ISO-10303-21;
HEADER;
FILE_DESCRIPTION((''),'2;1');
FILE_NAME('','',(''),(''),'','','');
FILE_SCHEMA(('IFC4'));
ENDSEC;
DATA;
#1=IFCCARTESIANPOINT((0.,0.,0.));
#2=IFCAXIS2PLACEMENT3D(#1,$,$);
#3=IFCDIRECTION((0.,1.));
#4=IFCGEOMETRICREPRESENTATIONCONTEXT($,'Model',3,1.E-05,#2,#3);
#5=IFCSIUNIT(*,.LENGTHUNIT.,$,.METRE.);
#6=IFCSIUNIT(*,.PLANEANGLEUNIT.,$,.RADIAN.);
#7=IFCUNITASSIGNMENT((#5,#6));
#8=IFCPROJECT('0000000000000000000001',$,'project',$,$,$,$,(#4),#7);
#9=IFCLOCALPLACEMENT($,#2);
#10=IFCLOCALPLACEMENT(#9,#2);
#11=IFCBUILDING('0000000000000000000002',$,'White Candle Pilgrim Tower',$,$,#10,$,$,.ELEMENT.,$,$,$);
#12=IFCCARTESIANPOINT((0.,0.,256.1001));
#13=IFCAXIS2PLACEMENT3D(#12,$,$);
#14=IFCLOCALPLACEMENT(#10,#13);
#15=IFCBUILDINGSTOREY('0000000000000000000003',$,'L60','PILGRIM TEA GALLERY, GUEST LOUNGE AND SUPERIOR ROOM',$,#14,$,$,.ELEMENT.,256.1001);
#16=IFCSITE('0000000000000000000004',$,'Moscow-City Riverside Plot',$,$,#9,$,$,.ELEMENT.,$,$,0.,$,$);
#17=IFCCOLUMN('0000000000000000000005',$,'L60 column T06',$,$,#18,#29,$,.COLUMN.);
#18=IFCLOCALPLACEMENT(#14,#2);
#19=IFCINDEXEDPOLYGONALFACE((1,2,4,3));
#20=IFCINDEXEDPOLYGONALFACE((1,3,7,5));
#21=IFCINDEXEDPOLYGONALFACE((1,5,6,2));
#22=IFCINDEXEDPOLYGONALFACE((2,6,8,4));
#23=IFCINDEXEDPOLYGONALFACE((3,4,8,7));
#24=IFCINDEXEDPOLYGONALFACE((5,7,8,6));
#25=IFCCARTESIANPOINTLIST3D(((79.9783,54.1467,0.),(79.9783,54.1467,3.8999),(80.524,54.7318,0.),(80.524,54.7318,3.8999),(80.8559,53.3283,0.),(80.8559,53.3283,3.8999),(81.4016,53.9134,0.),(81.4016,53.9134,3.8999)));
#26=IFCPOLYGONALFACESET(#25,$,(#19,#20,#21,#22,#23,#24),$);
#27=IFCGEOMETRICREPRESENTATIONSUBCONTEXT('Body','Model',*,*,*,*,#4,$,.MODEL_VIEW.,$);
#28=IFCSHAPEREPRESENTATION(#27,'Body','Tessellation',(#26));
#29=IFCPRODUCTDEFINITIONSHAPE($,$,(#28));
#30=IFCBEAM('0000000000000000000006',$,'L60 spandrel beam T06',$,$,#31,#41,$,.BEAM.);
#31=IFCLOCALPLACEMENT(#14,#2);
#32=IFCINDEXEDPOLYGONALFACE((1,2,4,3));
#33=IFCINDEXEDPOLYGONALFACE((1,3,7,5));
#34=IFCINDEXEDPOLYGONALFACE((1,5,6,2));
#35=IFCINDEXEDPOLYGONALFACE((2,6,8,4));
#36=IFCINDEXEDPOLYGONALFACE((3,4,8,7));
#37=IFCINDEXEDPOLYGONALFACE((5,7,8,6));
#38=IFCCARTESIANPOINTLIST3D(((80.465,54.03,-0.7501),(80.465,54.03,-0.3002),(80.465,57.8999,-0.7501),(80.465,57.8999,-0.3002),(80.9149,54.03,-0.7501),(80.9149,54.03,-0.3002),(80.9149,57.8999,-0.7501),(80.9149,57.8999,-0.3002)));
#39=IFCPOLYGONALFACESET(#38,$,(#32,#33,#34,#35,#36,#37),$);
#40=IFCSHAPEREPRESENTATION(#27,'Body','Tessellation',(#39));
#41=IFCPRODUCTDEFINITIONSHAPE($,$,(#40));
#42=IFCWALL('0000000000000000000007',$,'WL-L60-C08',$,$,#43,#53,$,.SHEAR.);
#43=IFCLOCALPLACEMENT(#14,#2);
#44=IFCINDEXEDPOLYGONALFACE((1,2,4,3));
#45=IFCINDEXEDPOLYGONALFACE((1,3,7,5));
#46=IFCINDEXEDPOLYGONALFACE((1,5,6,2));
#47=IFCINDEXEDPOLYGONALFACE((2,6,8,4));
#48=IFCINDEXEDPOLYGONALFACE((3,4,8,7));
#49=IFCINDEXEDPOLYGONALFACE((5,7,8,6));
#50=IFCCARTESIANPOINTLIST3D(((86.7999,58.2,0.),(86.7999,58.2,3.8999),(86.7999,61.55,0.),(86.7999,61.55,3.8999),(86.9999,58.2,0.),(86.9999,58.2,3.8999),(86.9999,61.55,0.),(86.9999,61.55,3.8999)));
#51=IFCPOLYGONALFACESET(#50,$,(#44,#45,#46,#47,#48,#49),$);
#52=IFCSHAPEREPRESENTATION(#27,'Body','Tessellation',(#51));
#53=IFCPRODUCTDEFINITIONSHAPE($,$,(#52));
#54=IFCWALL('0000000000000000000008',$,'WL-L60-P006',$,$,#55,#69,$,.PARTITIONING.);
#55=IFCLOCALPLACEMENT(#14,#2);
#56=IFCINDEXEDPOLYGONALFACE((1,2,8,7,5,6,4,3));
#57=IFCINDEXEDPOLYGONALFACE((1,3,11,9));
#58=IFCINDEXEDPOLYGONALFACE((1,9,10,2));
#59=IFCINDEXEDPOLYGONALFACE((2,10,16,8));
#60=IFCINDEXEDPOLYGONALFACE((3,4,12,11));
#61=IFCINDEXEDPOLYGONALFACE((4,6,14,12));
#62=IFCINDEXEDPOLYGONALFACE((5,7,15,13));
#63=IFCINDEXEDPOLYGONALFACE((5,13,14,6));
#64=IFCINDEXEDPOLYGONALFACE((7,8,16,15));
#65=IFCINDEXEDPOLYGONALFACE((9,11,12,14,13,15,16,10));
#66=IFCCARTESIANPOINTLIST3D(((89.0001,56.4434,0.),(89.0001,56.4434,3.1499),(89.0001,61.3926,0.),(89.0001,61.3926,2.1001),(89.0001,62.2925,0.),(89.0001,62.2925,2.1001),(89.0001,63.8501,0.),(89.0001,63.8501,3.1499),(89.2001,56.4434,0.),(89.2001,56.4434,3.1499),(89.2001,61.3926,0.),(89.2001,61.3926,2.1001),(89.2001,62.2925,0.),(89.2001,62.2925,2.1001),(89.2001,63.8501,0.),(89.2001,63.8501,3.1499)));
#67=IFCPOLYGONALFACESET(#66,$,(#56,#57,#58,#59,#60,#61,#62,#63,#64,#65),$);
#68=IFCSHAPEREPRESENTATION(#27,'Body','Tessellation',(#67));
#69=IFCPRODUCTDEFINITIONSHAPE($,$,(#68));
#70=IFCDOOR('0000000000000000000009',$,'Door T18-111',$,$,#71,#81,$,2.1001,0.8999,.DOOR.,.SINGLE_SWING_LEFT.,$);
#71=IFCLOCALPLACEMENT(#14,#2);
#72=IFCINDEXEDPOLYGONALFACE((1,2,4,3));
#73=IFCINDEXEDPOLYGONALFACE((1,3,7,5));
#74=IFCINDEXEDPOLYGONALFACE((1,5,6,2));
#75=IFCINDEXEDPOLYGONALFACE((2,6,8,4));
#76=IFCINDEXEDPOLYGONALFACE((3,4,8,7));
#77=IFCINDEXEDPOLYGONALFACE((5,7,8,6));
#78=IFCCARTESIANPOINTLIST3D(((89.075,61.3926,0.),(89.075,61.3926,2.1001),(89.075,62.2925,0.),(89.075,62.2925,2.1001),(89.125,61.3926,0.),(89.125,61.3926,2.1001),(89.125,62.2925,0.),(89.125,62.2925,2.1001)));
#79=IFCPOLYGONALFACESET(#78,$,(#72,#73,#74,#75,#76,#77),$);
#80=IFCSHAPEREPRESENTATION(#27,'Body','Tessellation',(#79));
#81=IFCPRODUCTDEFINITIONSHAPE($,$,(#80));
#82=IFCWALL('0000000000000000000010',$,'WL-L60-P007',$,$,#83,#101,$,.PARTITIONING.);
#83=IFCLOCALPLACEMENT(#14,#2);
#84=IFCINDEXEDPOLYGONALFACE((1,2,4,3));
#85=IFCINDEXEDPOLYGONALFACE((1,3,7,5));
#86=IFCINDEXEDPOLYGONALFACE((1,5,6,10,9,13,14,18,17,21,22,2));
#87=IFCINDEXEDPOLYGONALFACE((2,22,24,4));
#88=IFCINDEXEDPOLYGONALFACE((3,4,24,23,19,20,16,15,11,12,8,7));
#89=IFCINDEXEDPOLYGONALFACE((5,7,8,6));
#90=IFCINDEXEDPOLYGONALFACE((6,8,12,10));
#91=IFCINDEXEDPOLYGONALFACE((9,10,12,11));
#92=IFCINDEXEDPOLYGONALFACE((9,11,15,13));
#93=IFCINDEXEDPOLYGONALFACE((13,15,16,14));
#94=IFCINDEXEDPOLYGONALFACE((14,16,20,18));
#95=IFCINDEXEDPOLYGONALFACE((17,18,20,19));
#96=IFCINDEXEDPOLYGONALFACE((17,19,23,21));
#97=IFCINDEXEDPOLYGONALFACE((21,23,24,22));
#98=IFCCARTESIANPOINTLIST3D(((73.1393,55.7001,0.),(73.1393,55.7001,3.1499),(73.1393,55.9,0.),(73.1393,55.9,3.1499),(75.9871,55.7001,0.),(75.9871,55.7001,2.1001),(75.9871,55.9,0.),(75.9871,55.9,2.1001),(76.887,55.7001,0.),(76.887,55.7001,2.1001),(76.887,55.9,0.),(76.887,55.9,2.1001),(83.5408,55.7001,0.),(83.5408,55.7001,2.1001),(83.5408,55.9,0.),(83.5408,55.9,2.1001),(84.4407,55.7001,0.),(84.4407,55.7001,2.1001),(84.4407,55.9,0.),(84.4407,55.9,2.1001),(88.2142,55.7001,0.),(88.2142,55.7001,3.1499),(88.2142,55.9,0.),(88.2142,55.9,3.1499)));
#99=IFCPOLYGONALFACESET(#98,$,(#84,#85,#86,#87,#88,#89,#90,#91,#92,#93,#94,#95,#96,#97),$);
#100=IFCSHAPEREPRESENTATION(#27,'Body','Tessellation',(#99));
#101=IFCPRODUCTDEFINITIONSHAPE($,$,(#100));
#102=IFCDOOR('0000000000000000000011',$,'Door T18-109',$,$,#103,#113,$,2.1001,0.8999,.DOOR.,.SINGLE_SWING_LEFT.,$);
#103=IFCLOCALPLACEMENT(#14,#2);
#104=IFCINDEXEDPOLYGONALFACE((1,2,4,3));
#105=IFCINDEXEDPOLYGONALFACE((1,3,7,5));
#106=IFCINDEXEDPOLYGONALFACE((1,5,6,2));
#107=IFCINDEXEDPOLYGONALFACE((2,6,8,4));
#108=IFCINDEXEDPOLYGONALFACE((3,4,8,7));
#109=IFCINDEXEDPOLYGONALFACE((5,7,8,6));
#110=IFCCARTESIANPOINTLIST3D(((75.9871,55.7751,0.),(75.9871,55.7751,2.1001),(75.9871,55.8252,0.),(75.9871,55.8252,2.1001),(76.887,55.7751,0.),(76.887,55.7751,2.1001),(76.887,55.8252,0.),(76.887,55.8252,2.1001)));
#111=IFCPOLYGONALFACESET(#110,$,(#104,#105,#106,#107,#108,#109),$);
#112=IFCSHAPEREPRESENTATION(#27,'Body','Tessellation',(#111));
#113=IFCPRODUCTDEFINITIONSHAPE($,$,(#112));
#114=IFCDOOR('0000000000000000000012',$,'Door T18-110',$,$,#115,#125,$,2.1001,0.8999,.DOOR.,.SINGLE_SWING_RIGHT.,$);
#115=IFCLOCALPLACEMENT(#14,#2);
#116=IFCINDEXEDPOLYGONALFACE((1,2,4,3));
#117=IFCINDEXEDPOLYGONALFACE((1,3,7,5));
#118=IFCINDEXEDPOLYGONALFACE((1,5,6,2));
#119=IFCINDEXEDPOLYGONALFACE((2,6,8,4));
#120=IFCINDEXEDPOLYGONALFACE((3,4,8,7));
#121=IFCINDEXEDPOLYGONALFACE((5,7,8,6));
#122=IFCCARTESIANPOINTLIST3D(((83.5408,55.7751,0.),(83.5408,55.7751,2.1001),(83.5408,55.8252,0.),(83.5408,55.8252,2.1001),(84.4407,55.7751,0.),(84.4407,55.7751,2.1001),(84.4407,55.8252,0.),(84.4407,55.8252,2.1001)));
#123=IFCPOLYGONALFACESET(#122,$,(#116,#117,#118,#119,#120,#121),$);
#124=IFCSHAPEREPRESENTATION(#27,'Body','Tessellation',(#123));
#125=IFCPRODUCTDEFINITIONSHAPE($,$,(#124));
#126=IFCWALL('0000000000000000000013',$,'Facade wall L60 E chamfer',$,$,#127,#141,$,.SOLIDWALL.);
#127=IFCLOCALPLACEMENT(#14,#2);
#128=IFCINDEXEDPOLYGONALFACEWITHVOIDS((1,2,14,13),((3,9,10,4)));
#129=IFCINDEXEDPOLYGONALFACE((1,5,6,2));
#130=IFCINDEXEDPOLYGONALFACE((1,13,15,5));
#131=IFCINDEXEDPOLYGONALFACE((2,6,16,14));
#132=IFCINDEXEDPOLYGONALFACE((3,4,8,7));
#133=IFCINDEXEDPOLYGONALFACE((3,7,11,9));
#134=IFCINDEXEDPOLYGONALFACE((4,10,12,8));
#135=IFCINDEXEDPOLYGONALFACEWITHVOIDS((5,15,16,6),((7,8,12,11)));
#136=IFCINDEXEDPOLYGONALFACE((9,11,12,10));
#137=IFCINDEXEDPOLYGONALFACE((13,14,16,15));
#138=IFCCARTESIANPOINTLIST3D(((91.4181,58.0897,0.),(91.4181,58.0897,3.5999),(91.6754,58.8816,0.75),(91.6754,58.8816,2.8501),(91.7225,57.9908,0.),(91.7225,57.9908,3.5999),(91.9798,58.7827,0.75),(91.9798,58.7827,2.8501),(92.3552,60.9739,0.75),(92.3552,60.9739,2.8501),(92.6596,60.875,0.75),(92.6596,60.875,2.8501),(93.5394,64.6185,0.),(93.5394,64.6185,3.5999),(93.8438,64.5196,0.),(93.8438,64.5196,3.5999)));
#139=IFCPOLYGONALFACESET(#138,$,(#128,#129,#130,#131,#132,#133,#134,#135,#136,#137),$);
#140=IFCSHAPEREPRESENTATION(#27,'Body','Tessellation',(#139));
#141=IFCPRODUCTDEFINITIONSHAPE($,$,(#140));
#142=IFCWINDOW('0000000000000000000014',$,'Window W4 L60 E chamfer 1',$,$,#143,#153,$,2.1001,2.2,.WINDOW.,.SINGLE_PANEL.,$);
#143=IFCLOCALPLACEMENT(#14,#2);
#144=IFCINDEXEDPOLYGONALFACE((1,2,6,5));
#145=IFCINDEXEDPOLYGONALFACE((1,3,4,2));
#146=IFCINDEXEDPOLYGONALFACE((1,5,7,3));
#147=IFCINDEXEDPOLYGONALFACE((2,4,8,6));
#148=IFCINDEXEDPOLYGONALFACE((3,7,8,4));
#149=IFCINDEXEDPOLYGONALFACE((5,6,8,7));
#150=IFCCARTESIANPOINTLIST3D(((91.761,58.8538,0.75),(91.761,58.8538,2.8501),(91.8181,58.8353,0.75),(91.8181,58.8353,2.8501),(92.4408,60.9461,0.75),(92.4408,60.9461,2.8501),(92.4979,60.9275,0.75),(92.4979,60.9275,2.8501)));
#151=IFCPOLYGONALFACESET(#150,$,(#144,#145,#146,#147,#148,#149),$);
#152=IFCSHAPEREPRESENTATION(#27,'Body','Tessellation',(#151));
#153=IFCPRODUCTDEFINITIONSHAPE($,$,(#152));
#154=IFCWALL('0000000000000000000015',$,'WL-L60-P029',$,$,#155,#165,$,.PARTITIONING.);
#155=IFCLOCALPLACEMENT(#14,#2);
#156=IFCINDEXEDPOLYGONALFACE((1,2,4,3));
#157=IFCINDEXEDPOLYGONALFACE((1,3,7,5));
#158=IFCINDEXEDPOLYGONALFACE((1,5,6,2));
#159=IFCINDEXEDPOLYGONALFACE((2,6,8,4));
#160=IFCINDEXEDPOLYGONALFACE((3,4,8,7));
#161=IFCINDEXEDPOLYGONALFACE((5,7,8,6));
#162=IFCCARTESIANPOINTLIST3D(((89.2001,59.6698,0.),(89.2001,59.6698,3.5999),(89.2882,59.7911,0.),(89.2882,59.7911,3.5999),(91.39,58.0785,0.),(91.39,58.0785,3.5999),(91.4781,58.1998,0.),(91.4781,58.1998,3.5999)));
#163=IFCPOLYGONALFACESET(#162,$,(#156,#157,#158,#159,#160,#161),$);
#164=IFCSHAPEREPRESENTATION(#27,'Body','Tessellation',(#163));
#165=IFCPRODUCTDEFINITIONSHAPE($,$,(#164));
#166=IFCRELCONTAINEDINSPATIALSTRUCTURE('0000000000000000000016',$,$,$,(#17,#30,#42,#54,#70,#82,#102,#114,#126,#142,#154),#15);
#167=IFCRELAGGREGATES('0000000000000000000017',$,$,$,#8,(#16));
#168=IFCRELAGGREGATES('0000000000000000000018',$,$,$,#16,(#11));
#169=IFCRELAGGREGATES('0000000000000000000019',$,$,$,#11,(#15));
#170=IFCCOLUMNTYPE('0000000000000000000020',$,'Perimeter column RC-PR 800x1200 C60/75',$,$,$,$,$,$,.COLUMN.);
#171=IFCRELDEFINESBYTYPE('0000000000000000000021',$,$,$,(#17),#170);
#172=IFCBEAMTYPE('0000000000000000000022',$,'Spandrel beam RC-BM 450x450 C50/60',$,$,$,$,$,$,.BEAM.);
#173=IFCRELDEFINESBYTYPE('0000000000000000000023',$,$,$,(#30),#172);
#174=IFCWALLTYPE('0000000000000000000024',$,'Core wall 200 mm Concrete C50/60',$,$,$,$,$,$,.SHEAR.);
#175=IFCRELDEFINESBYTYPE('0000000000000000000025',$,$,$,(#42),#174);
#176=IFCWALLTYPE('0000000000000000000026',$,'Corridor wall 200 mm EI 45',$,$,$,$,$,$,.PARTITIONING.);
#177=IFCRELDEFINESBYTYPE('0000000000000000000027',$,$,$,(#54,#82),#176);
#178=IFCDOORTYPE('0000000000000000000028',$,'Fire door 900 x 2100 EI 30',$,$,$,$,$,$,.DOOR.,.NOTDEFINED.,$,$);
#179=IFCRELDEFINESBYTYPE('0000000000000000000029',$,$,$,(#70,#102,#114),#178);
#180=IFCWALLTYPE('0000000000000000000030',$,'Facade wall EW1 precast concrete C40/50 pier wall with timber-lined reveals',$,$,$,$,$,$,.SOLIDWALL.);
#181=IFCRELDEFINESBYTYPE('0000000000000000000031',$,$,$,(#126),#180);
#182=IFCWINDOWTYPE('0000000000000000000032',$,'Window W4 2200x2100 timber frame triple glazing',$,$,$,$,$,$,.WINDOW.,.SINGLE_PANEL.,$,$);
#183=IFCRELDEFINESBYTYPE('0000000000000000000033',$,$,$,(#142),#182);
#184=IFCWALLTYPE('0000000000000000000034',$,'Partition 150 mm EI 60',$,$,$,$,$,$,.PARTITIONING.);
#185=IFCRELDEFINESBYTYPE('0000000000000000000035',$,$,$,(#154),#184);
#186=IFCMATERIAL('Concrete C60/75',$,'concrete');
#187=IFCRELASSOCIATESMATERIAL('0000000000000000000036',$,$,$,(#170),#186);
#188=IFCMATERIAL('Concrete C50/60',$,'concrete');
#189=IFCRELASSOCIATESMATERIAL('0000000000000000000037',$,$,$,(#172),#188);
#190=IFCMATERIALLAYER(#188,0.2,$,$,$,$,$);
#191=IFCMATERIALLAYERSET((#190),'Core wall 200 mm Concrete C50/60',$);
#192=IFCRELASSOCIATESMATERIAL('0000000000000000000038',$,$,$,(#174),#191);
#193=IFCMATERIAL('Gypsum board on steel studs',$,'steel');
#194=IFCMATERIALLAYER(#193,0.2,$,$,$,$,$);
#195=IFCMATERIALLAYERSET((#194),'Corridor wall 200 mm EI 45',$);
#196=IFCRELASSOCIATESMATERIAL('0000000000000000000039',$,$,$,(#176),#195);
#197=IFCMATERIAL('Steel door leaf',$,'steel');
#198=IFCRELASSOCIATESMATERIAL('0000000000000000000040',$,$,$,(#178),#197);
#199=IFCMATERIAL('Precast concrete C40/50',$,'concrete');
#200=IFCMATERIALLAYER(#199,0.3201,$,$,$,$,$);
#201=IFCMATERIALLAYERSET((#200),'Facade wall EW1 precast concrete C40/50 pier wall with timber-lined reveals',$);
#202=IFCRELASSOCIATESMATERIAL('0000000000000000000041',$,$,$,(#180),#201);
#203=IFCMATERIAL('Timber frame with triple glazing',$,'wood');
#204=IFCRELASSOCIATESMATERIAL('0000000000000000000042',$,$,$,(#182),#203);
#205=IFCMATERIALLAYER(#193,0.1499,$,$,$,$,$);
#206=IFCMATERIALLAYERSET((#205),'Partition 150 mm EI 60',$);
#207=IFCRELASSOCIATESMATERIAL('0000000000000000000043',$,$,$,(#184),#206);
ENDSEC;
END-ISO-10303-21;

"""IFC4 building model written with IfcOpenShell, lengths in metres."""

from ifc_helpers import new_model, si_unit, direction, frame, frame_2d, origin, origin_2d, place, context, subcontext, project, spatial, rectangle, extrude, material, layer, layer_set, material_profile, profile_set, type_object, element, fill, save


model = new_model("IFC4")

# Units and contexts
model_context = context("Model", 3, precision=1e-05, world=origin(), true_north=direction((0.0, 1.0)))
body_context = subcontext(model_context, "Body", "Model", "MODEL_VIEW")
ifc_project = project(units=[si_unit("LENGTHUNIT", "METRE"), si_unit("PLANEANGLEUNIT", "RADIAN")], contexts=[model_context])

# Site, building, storey
site_placement = place(None, origin())
site = spatial("IfcSite", under=ifc_project, at=site_placement, Name="Moscow-City Riverside Plot", CompositionType="ELEMENT", RefElevation=0.0)
building_placement = place(site_placement, origin())
building = spatial("IfcBuilding", under=site, at=building_placement, Name="White Candle Pilgrim Tower", CompositionType="ELEMENT")
storey_placement = place(building_placement, frame((0.0, 0.0, 256.1001)))
storey = spatial("IfcBuildingStorey", under=building, at=storey_placement, Name="L60", Description="PILGRIM TEA GALLERY, GUEST LOUNGE AND SUPERIOR ROOM", CompositionType="ELEMENT", Elevation=256.1001)

# Column
ifc_material_1 = material(Name="Concrete C60/75", Category="concrete")
ifc_material_profile_1 = material_profile(ifc_material_1, rectangle(XDim=0.8, YDim=1.2, at=origin_2d()), Name="RC-PR 800x1200")
ifc_profile_set_1 = profile_set([ifc_material_profile_1], Name="Concrete C60/75")
column_type = type_object("IfcColumnType", Name="Perimeter column RC-PR 800x1200 C60/75", PredefinedType="COLUMN", material=ifc_profile_set_1)
column_placement = place(storey_placement, frame((80.6899, 54.03, 0.0), z_axis=(0.0, 0.0, 1.0), x_axis=(-0.681998, -0.731354, 0.0)))
element("IfcColumn", 1, at=column_placement, inside=storey, type_object=column_type, Name="L60 column T06", PredefinedType="COLUMN", context=body_context, shape_type="SweptSolid", body=[
    extrude(rectangle(XDim=0.8, YDim=1.2, at=origin_2d()), origin(), (0.0, 0.0, 1.0), 3.8999),
])

# Beam
ifc_material_2 = material(Name="Concrete C50/60", Category="concrete")
ifc_material_profile_2 = material_profile(ifc_material_2, rectangle(XDim=0.45, YDim=0.45, at=origin_2d()), Name="RC-BM 450x450")
ifc_profile_set_2 = profile_set([ifc_material_profile_2], Name="Concrete C50/60")
beam_type = type_object("IfcBeamType", Name="Spandrel beam RC-BM 450x450 C50/60", PredefinedType="BEAM", material=ifc_profile_set_2)
beam_placement = place(storey_placement, frame((80.6899, 54.03, -0.5251), z_axis=(0.0, 1.0, 0.0), x_axis=(-1.0, 0.0, 0.0)))
element("IfcBeam", 2, at=beam_placement, inside=storey, type_object=beam_type, Name="L60 spandrel beam T06", PredefinedType="BEAM", context=body_context, shape_type="SweptSolid", body=[
    extrude(rectangle(XDim=0.45, YDim=0.45, at=origin_2d()), origin(), (0.0, 0.0, 1.0), 3.8699),
])

# Wall
ifc_layer_1 = layer(ifc_material_2, 0.2)
ifc_layer_set_1 = layer_set([ifc_layer_1], Name="Core wall 200 mm Concrete C50/60")
wall_type_1 = type_object("IfcWallType", Name="Core wall 200 mm Concrete C50/60", PredefinedType="SHEAR", material=ifc_layer_set_1)
wall_1_placement = place(storey_placement, frame((86.8999, 58.2, 0.0), z_axis=(0.0, 0.0, 1.0), x_axis=(0.0, 1.0, 0.0)))
element("IfcWall", 3, at=wall_1_placement, inside=storey, type_object=wall_type_1, Name="WL-L60-C08", PredefinedType="SHEAR", context=body_context, shape_type="SweptSolid", body=[
    extrude(rectangle(XDim=3.3501, YDim=0.2, at=frame_2d((1.675, 0.0))), origin(), (0.0, 0.0, 1.0), 3.8999),
])

# Wall, opening, door
ifc_material_3 = material(Name="Gypsum board on steel studs", Category="steel")
ifc_layer_2 = layer(ifc_material_3, 0.2)
ifc_layer_set_2 = layer_set([ifc_layer_2], Name="Corridor wall 200 mm EI 45")
wall_type_2 = type_object("IfcWallType", Name="Corridor wall 200 mm EI 45", PredefinedType="PARTITIONING", material=ifc_layer_set_2)
wall_2_placement = place(storey_placement, frame((89.1001, 63.8501, 0.0), z_axis=(0.0, 0.0, 1.0), x_axis=(0.0, -1.0, 0.0)))
wall_2 = element("IfcWall", 4, at=wall_2_placement, inside=storey, type_object=wall_type_2, Name="WL-L60-P006", PredefinedType="PARTITIONING", context=body_context, shape_type="SweptSolid", body=[
    extrude(rectangle(XDim=7.4067, YDim=0.2, at=frame_2d((3.7034, 0.0))), origin(), (0.0, 0.0, 1.0), 3.1499),
])
opening_1_placement = place(wall_2_placement, frame((1.5576, 0.0, 0.0)))
opening_1 = element("IfcOpeningElement", 5, at=opening_1_placement, cuts=wall_2, PredefinedType="OPENING", context=body_context, shape_type="SweptSolid", body=[
    extrude(rectangle(XDim=0.8999, YDim=2.1001, at=frame_2d((0.45, 1.05))), frame((0.0, 0.1099, 0.0), z_axis=(0.0, -1.0, 0.0), x_axis=(1.0, 0.0, 0.0)), (0.0, 0.0, 1.0), 0.22),
])
ifc_material_4 = material(Name="Steel door leaf", Category="steel")
door_type_1 = type_object("IfcDoorType", Name="Fire door 900 x 2100 EI 30", OperationType="NOTDEFINED", PredefinedType="DOOR", material=ifc_material_4)
door_1_placement = place(opening_1_placement, origin())
door_1 = element("IfcDoor", 6, at=door_1_placement, inside=storey, type_object=door_type_1, Name="Door T18-111", OperationType="SINGLE_SWING_LEFT", OverallHeight=2.1001, OverallWidth=0.8999, PredefinedType="DOOR", context=body_context, shape_type="SweptSolid", body=[
    extrude(rectangle(XDim=0.8999, YDim=2.1001, at=frame_2d((0.45, 1.05))), frame((0.0, 0.0249, 0.0), z_axis=(0.0, -1.0, 0.0), x_axis=(1.0, 0.0, 0.0)), (0.0, 0.0, 1.0), 0.05),
])
fill(opening_1, door_1)

# Wall, openings, doors
wall_3_placement = place(storey_placement, frame((88.2144, 55.8, 0.0), z_axis=(0.0, 0.0, 1.0), x_axis=(-1.0, 0.0, 0.0)))
wall_3 = element("IfcWall", 7, at=wall_3_placement, inside=storey, type_object=wall_type_2, Name="WL-L60-P007", PredefinedType="PARTITIONING", context=body_context, shape_type="SweptSolid", body=[
    extrude(rectangle(XDim=15.075, YDim=0.2, at=frame_2d((7.5376, 0.0))), origin(), (0.0, 0.0, 1.0), 3.1499),
])
opening_2_placement = place(wall_3_placement, frame((11.3274, 0.0, 0.0)))
opening_2 = element("IfcOpeningElement", 8, at=opening_2_placement, cuts=wall_3, PredefinedType="OPENING", context=body_context, shape_type="SweptSolid", body=[
    extrude(rectangle(XDim=0.8999, YDim=2.1001, at=frame_2d((0.45, 1.05))), frame((0.0, 0.1099, 0.0), z_axis=(0.0, -1.0, 0.0), x_axis=(1.0, 0.0, 0.0)), (0.0, 0.0, 1.0), 0.22),
])
opening_3_placement = place(wall_3_placement, frame((3.7737, 0.0, 0.0)))
opening_3 = element("IfcOpeningElement", 9, at=opening_3_placement, cuts=wall_3, PredefinedType="OPENING", context=body_context, shape_type="SweptSolid", body=[
    extrude(rectangle(XDim=0.8999, YDim=2.1001, at=frame_2d((0.45, 1.05))), frame((0.0, 0.1099, 0.0), z_axis=(0.0, -1.0, 0.0), x_axis=(1.0, 0.0, 0.0)), (0.0, 0.0, 1.0), 0.22),
])
door_2_placement = place(opening_2_placement, origin())
door_2 = element("IfcDoor", 10, at=door_2_placement, inside=storey, type_object=door_type_1, Name="Door T18-109", OperationType="SINGLE_SWING_LEFT", OverallHeight=2.1001, OverallWidth=0.8999, PredefinedType="DOOR", context=body_context, shape_type="SweptSolid", body=[
    extrude(rectangle(XDim=0.8999, YDim=2.1001, at=frame_2d((0.45, 1.05))), frame((0.0, 0.0249, 0.0), z_axis=(0.0, -1.0, 0.0), x_axis=(1.0, 0.0, 0.0)), (0.0, 0.0, 1.0), 0.05),
])
fill(opening_2, door_2)
door_3_placement = place(opening_3_placement, origin())
door_3 = element("IfcDoor", 11, at=door_3_placement, inside=storey, type_object=door_type_1, Name="Door T18-110", OperationType="SINGLE_SWING_RIGHT", OverallHeight=2.1001, OverallWidth=0.8999, PredefinedType="DOOR", context=body_context, shape_type="SweptSolid", body=[
    extrude(rectangle(XDim=0.8999, YDim=2.1001, at=frame_2d((0.45, 1.05))), frame((0.0, 0.0249, 0.0), z_axis=(0.0, -1.0, 0.0), x_axis=(1.0, 0.0, 0.0)), (0.0, 0.0, 1.0), 0.05),
])
fill(opening_3, door_3)

# Wall, opening, window
ifc_material_5 = material(Name="Precast concrete C40/50", Category="concrete")
ifc_layer_3 = layer(ifc_material_5, 0.3201)
ifc_layer_set_3 = layer_set([ifc_layer_3], Name="Facade wall EW1 precast concrete C40/50 pier wall with timber-lined reveals")
wall_type_3 = type_object("IfcWallType", Name="Facade wall EW1 precast concrete C40/50 pier wall with timber-lined reveals", PredefinedType="SOLIDWALL", material=ifc_layer_set_3)
wall_4_placement = place(storey_placement, frame((91.5703, 58.0403, 0.0), z_axis=(0.0, 0.0, 1.0), x_axis=(0.309017, 0.951057, 0.0)))
wall_4 = element("IfcWall", 12, at=wall_4_placement, inside=storey, type_object=wall_type_3, Name="Facade wall L60 E chamfer", PredefinedType="SOLIDWALL", context=body_context, shape_type="SweptSolid", body=[
    extrude(rectangle(XDim=6.8647, YDim=0.3201, at=frame_2d((3.4324, 0.0))), origin(), (0.0, 0.0, 1.0), 3.5999),
])
opening_4_placement = place(wall_4_placement, frame((0.8325, 0.0, 0.75)))
opening_4 = element("IfcOpeningElement", 13, at=opening_4_placement, cuts=wall_4, PredefinedType="OPENING", context=body_context, shape_type="SweptSolid", body=[
    extrude(rectangle(XDim=2.2, YDim=2.1001, at=frame_2d((1.1001, 1.05))), frame((0.0, 0.1699, 0.0), z_axis=(0.0, -1.0, 0.0), x_axis=(1.0, 0.0, 0.0)), (0.0, 0.0, 1.0), 0.3401),
])
ifc_material_6 = material(Name="Timber frame with triple glazing", Category="wood")
window_type = type_object("IfcWindowType", Name="Window W4 2200x2100 timber frame triple glazing", PartitioningType="SINGLE_PANEL", PredefinedType="WINDOW", material=ifc_material_6)
window_placement = place(opening_4_placement, origin())
window = element("IfcWindow", 14, at=window_placement, inside=storey, type_object=window_type, Name="Window W4 L60 E chamfer 1", OverallHeight=2.1001, OverallWidth=2.2, PartitioningType="SINGLE_PANEL", PredefinedType="WINDOW", context=body_context, shape_type="SweptSolid", body=[
    extrude(rectangle(XDim=2.2, YDim=2.1001, at=frame_2d((1.1001, 1.05))), frame((0.0, 0.0701, 0.0), z_axis=(0.0, -1.0, 0.0), x_axis=(1.0, 0.0, 0.0)), (0.0, 0.0, 1.0), 0.0601),
])
fill(opening_4, window)

# Wall
ifc_layer_4 = layer(ifc_material_3, 0.1499)
ifc_layer_set_4 = layer_set([ifc_layer_4], Name="Partition 150 mm EI 60")
wall_type_4 = type_object("IfcWallType", Name="Partition 150 mm EI 60", PredefinedType="PARTITIONING", material=ifc_layer_set_4)
wall_5_placement = place(storey_placement, frame((91.4341, 58.1392, 0.0), z_axis=(0.0, 0.0, 1.0), x_axis=(-0.808978, 0.587839, 0.0)))
element("IfcWall", 15, at=wall_5_placement, inside=storey, type_object=wall_type_4, Name="WL-L60-P029", PredefinedType="PARTITIONING", context=body_context, shape_type="SweptSolid", body=[
    extrude(rectangle(XDim=2.707, YDim=0.1499, at=frame_2d((1.3535, 0.0))), origin(), (0.0, 0.0, 1.0), 3.5999),
])

save(model, "model.ifc")
